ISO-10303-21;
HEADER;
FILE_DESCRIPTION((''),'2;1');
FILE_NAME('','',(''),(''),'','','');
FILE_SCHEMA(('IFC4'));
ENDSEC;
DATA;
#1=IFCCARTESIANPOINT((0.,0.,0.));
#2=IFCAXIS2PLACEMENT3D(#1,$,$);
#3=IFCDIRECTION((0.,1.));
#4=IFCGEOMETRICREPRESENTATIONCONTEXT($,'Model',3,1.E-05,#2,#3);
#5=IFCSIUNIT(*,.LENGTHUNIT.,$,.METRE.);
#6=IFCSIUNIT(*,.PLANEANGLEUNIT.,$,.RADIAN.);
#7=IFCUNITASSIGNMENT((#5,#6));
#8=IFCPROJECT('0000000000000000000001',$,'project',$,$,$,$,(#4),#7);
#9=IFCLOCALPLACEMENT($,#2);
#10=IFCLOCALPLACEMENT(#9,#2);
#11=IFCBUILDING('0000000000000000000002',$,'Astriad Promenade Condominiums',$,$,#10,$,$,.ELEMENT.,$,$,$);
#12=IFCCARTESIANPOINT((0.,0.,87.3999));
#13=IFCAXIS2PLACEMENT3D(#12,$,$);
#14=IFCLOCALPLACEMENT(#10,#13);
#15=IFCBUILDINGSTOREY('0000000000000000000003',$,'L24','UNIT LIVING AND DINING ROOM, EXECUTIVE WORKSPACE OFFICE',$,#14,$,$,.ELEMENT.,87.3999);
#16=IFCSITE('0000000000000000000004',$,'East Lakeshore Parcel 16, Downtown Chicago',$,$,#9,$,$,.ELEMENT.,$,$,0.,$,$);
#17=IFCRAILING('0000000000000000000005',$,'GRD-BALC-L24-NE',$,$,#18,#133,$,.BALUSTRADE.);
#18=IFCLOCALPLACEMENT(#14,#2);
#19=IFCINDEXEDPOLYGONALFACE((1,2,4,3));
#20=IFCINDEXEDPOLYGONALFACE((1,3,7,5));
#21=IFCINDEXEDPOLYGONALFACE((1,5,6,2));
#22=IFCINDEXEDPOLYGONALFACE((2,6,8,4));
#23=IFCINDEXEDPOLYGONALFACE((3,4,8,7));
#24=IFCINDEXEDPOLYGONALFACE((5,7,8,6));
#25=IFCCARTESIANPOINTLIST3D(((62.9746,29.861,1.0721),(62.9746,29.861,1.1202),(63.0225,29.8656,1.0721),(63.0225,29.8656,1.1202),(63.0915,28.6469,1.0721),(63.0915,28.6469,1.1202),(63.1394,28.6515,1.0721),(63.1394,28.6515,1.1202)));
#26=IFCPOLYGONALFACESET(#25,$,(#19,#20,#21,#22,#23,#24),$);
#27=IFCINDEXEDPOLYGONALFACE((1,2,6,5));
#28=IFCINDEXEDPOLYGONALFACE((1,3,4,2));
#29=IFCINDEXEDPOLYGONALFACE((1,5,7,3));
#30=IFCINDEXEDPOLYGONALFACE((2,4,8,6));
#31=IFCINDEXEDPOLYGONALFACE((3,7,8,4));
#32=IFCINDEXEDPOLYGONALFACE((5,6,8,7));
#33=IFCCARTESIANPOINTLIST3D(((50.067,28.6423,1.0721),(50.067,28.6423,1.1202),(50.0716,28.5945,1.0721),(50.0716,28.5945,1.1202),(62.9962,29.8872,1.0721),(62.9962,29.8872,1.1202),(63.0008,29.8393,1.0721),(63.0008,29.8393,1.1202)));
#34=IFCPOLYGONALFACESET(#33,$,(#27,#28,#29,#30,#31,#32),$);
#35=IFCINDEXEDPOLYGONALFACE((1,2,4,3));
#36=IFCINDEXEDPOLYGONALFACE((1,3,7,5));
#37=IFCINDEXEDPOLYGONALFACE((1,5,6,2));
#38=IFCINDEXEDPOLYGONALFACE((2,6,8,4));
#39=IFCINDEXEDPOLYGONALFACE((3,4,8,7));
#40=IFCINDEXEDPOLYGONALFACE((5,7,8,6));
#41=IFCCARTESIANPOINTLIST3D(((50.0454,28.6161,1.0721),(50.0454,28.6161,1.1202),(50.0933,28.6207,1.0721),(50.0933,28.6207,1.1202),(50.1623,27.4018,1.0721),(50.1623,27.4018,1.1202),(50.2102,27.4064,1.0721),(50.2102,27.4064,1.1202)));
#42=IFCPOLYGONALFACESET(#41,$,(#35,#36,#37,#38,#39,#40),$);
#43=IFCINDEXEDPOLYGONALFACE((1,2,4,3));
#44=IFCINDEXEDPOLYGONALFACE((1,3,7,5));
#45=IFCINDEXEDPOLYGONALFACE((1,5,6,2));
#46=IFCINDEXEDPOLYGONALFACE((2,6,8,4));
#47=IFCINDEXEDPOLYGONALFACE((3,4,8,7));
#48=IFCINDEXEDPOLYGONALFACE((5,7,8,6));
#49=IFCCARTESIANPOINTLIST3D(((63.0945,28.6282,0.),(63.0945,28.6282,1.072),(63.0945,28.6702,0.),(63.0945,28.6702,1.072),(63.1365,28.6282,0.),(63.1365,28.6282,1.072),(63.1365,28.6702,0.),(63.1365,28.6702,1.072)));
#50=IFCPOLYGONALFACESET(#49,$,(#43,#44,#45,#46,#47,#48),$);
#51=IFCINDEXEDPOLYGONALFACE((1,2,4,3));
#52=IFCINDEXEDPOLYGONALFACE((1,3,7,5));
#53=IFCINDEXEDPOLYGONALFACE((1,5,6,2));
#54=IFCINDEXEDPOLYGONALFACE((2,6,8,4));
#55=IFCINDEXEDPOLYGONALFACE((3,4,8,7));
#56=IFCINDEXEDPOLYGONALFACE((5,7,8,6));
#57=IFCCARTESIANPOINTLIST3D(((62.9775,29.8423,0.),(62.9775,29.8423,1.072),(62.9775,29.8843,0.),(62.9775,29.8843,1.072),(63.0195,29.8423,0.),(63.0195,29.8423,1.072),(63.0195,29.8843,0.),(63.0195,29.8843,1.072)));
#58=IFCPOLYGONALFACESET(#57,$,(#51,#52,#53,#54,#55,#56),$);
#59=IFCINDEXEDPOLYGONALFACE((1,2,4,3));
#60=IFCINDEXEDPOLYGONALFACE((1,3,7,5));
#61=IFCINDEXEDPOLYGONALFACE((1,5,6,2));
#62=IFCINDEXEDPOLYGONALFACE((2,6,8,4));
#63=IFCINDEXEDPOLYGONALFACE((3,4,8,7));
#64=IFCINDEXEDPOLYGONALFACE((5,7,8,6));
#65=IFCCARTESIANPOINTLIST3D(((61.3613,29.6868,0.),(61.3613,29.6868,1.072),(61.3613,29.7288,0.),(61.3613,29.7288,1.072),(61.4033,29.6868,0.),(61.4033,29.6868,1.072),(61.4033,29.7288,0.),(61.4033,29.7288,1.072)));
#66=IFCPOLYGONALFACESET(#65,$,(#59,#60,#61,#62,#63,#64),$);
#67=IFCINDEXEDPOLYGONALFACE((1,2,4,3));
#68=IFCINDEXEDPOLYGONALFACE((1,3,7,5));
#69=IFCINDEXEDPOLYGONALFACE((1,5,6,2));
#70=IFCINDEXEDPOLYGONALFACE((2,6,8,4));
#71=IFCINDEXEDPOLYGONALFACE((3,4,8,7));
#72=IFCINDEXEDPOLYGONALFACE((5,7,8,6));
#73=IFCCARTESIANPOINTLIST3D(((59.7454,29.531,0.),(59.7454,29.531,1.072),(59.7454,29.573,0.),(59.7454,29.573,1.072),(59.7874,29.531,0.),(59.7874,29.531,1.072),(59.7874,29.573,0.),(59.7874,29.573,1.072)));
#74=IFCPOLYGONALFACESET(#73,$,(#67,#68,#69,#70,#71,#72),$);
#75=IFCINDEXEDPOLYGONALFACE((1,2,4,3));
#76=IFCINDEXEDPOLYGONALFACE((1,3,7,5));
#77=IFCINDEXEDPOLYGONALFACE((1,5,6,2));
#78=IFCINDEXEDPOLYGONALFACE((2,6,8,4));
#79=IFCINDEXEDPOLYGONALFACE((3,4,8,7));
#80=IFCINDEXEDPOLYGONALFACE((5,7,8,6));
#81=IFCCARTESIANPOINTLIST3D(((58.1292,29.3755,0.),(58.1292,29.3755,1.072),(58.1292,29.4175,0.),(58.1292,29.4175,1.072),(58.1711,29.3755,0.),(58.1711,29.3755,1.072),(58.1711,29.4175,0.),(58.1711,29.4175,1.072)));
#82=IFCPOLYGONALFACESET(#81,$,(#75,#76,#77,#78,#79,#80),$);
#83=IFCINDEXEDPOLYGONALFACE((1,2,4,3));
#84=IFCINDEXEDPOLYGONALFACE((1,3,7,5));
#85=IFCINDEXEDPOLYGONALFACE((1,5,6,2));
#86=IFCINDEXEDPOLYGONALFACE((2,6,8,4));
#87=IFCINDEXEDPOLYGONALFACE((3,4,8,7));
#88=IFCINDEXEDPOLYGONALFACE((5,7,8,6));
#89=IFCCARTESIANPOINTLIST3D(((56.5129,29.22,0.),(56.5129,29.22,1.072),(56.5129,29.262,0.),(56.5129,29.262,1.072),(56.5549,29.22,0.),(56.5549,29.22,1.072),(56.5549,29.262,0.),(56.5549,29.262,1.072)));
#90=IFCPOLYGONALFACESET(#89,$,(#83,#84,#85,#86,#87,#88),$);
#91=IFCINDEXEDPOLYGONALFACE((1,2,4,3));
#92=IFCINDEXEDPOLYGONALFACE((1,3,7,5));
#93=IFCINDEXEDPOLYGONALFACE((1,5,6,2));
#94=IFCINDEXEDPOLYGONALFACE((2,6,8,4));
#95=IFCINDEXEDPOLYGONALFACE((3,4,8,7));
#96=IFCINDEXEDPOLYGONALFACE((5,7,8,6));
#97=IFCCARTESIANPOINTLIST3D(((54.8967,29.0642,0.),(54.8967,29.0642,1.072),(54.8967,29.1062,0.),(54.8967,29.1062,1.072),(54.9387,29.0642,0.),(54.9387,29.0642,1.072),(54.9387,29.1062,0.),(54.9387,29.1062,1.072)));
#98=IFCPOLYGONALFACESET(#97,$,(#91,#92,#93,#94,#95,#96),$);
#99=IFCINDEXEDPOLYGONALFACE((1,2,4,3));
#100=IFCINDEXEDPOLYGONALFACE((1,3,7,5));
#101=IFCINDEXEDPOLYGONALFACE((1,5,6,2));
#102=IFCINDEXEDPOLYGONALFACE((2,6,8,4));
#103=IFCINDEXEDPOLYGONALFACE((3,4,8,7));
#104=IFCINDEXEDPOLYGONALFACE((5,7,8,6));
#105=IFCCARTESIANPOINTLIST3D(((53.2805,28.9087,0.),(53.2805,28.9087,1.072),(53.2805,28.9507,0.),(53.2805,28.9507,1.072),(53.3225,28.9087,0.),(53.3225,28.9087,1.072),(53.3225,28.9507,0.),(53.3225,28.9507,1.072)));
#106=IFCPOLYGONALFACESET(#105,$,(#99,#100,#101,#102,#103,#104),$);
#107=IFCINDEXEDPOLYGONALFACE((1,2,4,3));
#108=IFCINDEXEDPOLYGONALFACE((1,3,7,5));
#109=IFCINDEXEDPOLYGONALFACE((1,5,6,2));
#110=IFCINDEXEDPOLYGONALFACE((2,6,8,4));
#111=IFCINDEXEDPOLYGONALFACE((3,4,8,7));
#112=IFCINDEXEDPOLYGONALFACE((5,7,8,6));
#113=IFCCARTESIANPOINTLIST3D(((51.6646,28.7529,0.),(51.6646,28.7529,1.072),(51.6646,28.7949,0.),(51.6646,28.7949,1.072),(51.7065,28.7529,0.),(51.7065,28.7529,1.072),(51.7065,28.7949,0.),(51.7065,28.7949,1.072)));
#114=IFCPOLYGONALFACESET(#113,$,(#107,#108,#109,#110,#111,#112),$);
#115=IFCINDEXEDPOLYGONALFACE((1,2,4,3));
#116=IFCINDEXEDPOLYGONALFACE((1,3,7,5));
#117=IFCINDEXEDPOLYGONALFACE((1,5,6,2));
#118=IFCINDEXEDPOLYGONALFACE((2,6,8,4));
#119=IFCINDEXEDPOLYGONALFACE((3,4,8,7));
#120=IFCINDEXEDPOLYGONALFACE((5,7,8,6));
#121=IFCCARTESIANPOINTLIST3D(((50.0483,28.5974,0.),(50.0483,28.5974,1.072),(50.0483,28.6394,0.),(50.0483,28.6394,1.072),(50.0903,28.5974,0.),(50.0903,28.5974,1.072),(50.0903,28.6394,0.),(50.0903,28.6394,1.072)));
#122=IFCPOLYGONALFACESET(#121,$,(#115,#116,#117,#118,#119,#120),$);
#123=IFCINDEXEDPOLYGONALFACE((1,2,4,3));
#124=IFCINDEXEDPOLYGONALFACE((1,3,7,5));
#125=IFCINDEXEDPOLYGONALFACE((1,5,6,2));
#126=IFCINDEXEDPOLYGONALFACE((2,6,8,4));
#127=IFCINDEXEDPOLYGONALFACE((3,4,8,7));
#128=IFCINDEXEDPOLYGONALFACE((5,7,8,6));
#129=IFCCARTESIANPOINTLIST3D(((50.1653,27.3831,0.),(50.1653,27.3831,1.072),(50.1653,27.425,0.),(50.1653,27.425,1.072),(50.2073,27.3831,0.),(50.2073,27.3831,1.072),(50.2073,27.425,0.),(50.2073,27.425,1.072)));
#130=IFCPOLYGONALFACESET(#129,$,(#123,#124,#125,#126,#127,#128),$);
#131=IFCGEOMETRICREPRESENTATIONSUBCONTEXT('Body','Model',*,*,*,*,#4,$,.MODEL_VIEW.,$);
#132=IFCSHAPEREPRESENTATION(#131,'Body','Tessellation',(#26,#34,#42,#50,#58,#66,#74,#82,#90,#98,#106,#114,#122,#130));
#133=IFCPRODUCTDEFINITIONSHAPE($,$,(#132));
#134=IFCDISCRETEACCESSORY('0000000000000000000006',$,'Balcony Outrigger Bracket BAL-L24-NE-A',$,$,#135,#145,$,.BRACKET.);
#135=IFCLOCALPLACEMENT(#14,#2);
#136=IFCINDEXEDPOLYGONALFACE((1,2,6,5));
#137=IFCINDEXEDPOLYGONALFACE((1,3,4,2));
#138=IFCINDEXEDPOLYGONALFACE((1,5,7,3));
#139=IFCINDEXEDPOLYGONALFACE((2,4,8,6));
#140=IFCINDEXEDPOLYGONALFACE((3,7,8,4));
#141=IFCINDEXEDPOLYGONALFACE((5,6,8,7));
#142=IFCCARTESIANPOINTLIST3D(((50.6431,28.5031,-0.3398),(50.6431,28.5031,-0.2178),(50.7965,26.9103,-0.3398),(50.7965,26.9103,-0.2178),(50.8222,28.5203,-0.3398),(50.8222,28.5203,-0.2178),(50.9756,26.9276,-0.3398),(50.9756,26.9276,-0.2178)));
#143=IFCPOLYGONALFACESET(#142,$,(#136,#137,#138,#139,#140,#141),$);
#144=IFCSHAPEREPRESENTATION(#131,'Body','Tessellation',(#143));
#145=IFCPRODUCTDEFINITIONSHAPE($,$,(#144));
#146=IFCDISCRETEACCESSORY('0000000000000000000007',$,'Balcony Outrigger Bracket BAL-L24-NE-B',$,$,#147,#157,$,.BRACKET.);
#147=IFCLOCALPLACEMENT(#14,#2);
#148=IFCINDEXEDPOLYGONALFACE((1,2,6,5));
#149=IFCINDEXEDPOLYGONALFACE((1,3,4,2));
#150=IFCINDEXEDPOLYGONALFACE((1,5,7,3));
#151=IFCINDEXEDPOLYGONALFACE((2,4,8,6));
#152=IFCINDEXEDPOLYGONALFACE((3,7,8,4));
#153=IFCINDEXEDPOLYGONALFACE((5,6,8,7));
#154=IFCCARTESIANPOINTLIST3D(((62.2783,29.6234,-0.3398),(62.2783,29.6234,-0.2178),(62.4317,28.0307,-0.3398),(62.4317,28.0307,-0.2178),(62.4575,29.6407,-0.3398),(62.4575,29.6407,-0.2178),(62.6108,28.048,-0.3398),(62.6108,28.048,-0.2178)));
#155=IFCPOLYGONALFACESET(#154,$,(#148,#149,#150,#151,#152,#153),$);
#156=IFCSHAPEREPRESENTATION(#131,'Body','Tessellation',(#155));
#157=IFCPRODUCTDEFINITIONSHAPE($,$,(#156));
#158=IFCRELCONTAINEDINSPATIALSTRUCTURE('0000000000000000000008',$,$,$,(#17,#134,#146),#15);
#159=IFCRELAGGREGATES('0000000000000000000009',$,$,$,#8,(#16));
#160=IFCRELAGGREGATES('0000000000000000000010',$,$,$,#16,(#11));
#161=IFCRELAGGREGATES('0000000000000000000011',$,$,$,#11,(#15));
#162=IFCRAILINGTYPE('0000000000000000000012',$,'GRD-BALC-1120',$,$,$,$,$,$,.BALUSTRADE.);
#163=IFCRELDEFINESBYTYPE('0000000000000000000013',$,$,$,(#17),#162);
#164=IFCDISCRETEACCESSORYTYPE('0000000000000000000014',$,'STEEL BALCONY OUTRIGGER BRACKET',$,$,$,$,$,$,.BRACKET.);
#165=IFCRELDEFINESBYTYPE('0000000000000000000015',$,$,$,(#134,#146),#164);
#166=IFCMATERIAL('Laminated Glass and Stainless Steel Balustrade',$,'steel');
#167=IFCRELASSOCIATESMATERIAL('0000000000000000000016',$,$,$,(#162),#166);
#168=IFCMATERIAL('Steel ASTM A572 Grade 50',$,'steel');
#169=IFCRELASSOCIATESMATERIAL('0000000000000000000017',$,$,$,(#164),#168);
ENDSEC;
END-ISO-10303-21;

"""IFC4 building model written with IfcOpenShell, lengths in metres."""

from ifc_helpers import new_model, si_unit, direction, frame, origin, origin_2d, place, context, subcontext, project, spatial, rectangle, extrude, source, transform, mapped, material, type_object, type_shapes, element, save


model = new_model("IFC4")

# Units and contexts
model_context = context("Model", 3, precision=1e-05, world=origin(), true_north=direction((0.0, 1.0)))
body_context = subcontext(model_context, "Body", "Model", "MODEL_VIEW")
ifc_project = project(units=[si_unit("LENGTHUNIT", "METRE"), si_unit("PLANEANGLEUNIT", "RADIAN")], contexts=[model_context])

# Site, building, storey
site_placement = place(None, origin())
site = spatial("IfcSite", under=ifc_project, at=site_placement, Name="East Lakeshore Parcel 16, Downtown Chicago", CompositionType="ELEMENT", RefElevation=0.0)
building_placement = place(site_placement, origin())
building = spatial("IfcBuilding", under=site, at=building_placement, Name="Astriad Promenade Condominiums", CompositionType="ELEMENT")
storey_placement = place(building_placement, frame((0.0, 0.0, 87.3999)))
storey = spatial("IfcBuildingStorey", under=building, at=storey_placement, Name="L24", Description="UNIT LIVING AND DINING ROOM, EXECUTIVE WORKSPACE OFFICE", CompositionType="ELEMENT", Elevation=87.3999)

# Railing
ifc_material_1 = material(Name="Laminated Glass and Stainless Steel Balustrade", Category="steel")
railing_type = type_object("IfcRailingType", Name="GRD-BALC-1120", PredefinedType="BALUSTRADE", material=ifc_material_1)
shared_shape_1 = source(origin(), body_context, "Body", "SweptSolid", [
    extrude(rectangle(XDim=0.0481, YDim=0.0481, at=origin_2d()), frame((0.0, 0.0, 1.0962), z_axis=(-0.095876, 0.995393, 0.0), x_axis=(-0.995393, -0.095876, 0.0)), (0.0, 0.0, 1.0), 1.2197),
    extrude(rectangle(XDim=0.0481, YDim=0.0481, at=origin_2d()), frame((-0.1169, 1.2141, 1.0962), z_axis=(-0.995397, -0.095841, 0.0), x_axis=(0.095841, -0.995397, 0.0)), (0.0, 0.0, 1.0), 12.989),
    extrude(rectangle(XDim=0.0481, YDim=0.0481, at=origin_2d()), frame((-13.0461, -0.0308, 1.0962), z_axis=(0.095857, -0.995395, 0.0), x_axis=(0.995395, 0.095857, 0.0)), (0.0, 0.0, 1.0), 1.22),
    extrude(rectangle(XDim=0.042, YDim=0.042, at=origin_2d()), origin(), (0.0, 0.0, 1.0), 1.072),
    extrude(rectangle(XDim=0.042, YDim=0.042, at=origin_2d()), frame((-0.1169, 1.2141, 0.0)), (0.0, 0.0, 1.0), 1.072),
    extrude(rectangle(XDim=0.042, YDim=0.042, at=origin_2d()), frame((-1.7332, 1.0586, 0.0)), (0.0, 0.0, 1.0), 1.072),
    extrude(rectangle(XDim=0.042, YDim=0.042, at=origin_2d()), frame((-3.3491, 0.9028, 0.0)), (0.0, 0.0, 1.0), 1.072),
    extrude(rectangle(XDim=0.042, YDim=0.042, at=origin_2d()), frame((-4.9653, 0.7473, 0.0)), (0.0, 0.0, 1.0), 1.072),
    extrude(rectangle(XDim=0.042, YDim=0.042, at=origin_2d()), frame((-6.5815, 0.5918, 0.0)), (0.0, 0.0, 1.0), 1.072),
    extrude(rectangle(XDim=0.042, YDim=0.042, at=origin_2d()), frame((-8.1978, 0.436, 0.0)), (0.0, 0.0, 1.0), 1.072),
    extrude(rectangle(XDim=0.042, YDim=0.042, at=origin_2d()), frame((-9.814, 0.2805, 0.0)), (0.0, 0.0, 1.0), 1.072),
    extrude(rectangle(XDim=0.042, YDim=0.042, at=origin_2d()), frame((-11.4299, 0.1248, 0.0)), (0.0, 0.0, 1.0), 1.072),
    extrude(rectangle(XDim=0.042, YDim=0.042, at=origin_2d()), frame((-13.0461, -0.0308, 0.0)), (0.0, 0.0, 1.0), 1.072),
    extrude(rectangle(XDim=0.042, YDim=0.042, at=origin_2d()), frame((-12.9292, -1.2451, 0.0)), (0.0, 0.0, 1.0), 1.072),
])
type_shapes(railing_type, [shared_shape_1])
railing_placement = place(storey_placement, frame((63.1155, 28.6492, 0.0)))
element("IfcRailing", 1, at=railing_placement, inside=storey, type_object=railing_type, Name="GRD-BALC-L24-NE", PredefinedType="BALUSTRADE", context=body_context, shape_type="MappedRepresentation", body=[
    mapped(shared_shape_1, transform((0.0, 0.0, 0.0), scale=1.0)),
])

# Discrete accessories
ifc_material_2 = material(Name="Steel ASTM A572 Grade 50", Category="steel")
discrete_accessory_type = type_object("IfcDiscreteAccessoryType", Name="STEEL BALCONY OUTRIGGER BRACKET", PredefinedType="BRACKET", material=ifc_material_2)
shared_shape_2 = source(origin(), body_context, "Body", "SweptSolid", [
    extrude(rectangle(XDim=1.6001, YDim=0.1799, at=origin_2d()), origin(), (0.0, 0.0, 1.0), 0.1221),
])
type_shapes(discrete_accessory_type, [shared_shape_2])
for number, where, z_axis, x_axis, name in (
    (2, (50.8093, 27.7153, -0.3398), (0.0, 0.0, 1.0), (-0.095846, 0.995396, 0.0), "Balcony Outrigger Bracket BAL-L24-NE-A"),
    (3, (62.4446, 28.8357, -0.3398), (0.0, 0.0, 1.0), (-0.095846, 0.995396, 0.0), "Balcony Outrigger Bracket BAL-L24-NE-B"),
):
    element("IfcDiscreteAccessory", number, at=place(storey_placement, frame(where, z_axis=z_axis, x_axis=x_axis)), inside=storey, type_object=discrete_accessory_type, Name=name, PredefinedType="BRACKET", context=body_context, shape_type="MappedRepresentation", body=[
        mapped(shared_shape_2, transform((0.0, 0.0, 0.0), scale=1.0)),
    ])

save(model, "model.ifc")
